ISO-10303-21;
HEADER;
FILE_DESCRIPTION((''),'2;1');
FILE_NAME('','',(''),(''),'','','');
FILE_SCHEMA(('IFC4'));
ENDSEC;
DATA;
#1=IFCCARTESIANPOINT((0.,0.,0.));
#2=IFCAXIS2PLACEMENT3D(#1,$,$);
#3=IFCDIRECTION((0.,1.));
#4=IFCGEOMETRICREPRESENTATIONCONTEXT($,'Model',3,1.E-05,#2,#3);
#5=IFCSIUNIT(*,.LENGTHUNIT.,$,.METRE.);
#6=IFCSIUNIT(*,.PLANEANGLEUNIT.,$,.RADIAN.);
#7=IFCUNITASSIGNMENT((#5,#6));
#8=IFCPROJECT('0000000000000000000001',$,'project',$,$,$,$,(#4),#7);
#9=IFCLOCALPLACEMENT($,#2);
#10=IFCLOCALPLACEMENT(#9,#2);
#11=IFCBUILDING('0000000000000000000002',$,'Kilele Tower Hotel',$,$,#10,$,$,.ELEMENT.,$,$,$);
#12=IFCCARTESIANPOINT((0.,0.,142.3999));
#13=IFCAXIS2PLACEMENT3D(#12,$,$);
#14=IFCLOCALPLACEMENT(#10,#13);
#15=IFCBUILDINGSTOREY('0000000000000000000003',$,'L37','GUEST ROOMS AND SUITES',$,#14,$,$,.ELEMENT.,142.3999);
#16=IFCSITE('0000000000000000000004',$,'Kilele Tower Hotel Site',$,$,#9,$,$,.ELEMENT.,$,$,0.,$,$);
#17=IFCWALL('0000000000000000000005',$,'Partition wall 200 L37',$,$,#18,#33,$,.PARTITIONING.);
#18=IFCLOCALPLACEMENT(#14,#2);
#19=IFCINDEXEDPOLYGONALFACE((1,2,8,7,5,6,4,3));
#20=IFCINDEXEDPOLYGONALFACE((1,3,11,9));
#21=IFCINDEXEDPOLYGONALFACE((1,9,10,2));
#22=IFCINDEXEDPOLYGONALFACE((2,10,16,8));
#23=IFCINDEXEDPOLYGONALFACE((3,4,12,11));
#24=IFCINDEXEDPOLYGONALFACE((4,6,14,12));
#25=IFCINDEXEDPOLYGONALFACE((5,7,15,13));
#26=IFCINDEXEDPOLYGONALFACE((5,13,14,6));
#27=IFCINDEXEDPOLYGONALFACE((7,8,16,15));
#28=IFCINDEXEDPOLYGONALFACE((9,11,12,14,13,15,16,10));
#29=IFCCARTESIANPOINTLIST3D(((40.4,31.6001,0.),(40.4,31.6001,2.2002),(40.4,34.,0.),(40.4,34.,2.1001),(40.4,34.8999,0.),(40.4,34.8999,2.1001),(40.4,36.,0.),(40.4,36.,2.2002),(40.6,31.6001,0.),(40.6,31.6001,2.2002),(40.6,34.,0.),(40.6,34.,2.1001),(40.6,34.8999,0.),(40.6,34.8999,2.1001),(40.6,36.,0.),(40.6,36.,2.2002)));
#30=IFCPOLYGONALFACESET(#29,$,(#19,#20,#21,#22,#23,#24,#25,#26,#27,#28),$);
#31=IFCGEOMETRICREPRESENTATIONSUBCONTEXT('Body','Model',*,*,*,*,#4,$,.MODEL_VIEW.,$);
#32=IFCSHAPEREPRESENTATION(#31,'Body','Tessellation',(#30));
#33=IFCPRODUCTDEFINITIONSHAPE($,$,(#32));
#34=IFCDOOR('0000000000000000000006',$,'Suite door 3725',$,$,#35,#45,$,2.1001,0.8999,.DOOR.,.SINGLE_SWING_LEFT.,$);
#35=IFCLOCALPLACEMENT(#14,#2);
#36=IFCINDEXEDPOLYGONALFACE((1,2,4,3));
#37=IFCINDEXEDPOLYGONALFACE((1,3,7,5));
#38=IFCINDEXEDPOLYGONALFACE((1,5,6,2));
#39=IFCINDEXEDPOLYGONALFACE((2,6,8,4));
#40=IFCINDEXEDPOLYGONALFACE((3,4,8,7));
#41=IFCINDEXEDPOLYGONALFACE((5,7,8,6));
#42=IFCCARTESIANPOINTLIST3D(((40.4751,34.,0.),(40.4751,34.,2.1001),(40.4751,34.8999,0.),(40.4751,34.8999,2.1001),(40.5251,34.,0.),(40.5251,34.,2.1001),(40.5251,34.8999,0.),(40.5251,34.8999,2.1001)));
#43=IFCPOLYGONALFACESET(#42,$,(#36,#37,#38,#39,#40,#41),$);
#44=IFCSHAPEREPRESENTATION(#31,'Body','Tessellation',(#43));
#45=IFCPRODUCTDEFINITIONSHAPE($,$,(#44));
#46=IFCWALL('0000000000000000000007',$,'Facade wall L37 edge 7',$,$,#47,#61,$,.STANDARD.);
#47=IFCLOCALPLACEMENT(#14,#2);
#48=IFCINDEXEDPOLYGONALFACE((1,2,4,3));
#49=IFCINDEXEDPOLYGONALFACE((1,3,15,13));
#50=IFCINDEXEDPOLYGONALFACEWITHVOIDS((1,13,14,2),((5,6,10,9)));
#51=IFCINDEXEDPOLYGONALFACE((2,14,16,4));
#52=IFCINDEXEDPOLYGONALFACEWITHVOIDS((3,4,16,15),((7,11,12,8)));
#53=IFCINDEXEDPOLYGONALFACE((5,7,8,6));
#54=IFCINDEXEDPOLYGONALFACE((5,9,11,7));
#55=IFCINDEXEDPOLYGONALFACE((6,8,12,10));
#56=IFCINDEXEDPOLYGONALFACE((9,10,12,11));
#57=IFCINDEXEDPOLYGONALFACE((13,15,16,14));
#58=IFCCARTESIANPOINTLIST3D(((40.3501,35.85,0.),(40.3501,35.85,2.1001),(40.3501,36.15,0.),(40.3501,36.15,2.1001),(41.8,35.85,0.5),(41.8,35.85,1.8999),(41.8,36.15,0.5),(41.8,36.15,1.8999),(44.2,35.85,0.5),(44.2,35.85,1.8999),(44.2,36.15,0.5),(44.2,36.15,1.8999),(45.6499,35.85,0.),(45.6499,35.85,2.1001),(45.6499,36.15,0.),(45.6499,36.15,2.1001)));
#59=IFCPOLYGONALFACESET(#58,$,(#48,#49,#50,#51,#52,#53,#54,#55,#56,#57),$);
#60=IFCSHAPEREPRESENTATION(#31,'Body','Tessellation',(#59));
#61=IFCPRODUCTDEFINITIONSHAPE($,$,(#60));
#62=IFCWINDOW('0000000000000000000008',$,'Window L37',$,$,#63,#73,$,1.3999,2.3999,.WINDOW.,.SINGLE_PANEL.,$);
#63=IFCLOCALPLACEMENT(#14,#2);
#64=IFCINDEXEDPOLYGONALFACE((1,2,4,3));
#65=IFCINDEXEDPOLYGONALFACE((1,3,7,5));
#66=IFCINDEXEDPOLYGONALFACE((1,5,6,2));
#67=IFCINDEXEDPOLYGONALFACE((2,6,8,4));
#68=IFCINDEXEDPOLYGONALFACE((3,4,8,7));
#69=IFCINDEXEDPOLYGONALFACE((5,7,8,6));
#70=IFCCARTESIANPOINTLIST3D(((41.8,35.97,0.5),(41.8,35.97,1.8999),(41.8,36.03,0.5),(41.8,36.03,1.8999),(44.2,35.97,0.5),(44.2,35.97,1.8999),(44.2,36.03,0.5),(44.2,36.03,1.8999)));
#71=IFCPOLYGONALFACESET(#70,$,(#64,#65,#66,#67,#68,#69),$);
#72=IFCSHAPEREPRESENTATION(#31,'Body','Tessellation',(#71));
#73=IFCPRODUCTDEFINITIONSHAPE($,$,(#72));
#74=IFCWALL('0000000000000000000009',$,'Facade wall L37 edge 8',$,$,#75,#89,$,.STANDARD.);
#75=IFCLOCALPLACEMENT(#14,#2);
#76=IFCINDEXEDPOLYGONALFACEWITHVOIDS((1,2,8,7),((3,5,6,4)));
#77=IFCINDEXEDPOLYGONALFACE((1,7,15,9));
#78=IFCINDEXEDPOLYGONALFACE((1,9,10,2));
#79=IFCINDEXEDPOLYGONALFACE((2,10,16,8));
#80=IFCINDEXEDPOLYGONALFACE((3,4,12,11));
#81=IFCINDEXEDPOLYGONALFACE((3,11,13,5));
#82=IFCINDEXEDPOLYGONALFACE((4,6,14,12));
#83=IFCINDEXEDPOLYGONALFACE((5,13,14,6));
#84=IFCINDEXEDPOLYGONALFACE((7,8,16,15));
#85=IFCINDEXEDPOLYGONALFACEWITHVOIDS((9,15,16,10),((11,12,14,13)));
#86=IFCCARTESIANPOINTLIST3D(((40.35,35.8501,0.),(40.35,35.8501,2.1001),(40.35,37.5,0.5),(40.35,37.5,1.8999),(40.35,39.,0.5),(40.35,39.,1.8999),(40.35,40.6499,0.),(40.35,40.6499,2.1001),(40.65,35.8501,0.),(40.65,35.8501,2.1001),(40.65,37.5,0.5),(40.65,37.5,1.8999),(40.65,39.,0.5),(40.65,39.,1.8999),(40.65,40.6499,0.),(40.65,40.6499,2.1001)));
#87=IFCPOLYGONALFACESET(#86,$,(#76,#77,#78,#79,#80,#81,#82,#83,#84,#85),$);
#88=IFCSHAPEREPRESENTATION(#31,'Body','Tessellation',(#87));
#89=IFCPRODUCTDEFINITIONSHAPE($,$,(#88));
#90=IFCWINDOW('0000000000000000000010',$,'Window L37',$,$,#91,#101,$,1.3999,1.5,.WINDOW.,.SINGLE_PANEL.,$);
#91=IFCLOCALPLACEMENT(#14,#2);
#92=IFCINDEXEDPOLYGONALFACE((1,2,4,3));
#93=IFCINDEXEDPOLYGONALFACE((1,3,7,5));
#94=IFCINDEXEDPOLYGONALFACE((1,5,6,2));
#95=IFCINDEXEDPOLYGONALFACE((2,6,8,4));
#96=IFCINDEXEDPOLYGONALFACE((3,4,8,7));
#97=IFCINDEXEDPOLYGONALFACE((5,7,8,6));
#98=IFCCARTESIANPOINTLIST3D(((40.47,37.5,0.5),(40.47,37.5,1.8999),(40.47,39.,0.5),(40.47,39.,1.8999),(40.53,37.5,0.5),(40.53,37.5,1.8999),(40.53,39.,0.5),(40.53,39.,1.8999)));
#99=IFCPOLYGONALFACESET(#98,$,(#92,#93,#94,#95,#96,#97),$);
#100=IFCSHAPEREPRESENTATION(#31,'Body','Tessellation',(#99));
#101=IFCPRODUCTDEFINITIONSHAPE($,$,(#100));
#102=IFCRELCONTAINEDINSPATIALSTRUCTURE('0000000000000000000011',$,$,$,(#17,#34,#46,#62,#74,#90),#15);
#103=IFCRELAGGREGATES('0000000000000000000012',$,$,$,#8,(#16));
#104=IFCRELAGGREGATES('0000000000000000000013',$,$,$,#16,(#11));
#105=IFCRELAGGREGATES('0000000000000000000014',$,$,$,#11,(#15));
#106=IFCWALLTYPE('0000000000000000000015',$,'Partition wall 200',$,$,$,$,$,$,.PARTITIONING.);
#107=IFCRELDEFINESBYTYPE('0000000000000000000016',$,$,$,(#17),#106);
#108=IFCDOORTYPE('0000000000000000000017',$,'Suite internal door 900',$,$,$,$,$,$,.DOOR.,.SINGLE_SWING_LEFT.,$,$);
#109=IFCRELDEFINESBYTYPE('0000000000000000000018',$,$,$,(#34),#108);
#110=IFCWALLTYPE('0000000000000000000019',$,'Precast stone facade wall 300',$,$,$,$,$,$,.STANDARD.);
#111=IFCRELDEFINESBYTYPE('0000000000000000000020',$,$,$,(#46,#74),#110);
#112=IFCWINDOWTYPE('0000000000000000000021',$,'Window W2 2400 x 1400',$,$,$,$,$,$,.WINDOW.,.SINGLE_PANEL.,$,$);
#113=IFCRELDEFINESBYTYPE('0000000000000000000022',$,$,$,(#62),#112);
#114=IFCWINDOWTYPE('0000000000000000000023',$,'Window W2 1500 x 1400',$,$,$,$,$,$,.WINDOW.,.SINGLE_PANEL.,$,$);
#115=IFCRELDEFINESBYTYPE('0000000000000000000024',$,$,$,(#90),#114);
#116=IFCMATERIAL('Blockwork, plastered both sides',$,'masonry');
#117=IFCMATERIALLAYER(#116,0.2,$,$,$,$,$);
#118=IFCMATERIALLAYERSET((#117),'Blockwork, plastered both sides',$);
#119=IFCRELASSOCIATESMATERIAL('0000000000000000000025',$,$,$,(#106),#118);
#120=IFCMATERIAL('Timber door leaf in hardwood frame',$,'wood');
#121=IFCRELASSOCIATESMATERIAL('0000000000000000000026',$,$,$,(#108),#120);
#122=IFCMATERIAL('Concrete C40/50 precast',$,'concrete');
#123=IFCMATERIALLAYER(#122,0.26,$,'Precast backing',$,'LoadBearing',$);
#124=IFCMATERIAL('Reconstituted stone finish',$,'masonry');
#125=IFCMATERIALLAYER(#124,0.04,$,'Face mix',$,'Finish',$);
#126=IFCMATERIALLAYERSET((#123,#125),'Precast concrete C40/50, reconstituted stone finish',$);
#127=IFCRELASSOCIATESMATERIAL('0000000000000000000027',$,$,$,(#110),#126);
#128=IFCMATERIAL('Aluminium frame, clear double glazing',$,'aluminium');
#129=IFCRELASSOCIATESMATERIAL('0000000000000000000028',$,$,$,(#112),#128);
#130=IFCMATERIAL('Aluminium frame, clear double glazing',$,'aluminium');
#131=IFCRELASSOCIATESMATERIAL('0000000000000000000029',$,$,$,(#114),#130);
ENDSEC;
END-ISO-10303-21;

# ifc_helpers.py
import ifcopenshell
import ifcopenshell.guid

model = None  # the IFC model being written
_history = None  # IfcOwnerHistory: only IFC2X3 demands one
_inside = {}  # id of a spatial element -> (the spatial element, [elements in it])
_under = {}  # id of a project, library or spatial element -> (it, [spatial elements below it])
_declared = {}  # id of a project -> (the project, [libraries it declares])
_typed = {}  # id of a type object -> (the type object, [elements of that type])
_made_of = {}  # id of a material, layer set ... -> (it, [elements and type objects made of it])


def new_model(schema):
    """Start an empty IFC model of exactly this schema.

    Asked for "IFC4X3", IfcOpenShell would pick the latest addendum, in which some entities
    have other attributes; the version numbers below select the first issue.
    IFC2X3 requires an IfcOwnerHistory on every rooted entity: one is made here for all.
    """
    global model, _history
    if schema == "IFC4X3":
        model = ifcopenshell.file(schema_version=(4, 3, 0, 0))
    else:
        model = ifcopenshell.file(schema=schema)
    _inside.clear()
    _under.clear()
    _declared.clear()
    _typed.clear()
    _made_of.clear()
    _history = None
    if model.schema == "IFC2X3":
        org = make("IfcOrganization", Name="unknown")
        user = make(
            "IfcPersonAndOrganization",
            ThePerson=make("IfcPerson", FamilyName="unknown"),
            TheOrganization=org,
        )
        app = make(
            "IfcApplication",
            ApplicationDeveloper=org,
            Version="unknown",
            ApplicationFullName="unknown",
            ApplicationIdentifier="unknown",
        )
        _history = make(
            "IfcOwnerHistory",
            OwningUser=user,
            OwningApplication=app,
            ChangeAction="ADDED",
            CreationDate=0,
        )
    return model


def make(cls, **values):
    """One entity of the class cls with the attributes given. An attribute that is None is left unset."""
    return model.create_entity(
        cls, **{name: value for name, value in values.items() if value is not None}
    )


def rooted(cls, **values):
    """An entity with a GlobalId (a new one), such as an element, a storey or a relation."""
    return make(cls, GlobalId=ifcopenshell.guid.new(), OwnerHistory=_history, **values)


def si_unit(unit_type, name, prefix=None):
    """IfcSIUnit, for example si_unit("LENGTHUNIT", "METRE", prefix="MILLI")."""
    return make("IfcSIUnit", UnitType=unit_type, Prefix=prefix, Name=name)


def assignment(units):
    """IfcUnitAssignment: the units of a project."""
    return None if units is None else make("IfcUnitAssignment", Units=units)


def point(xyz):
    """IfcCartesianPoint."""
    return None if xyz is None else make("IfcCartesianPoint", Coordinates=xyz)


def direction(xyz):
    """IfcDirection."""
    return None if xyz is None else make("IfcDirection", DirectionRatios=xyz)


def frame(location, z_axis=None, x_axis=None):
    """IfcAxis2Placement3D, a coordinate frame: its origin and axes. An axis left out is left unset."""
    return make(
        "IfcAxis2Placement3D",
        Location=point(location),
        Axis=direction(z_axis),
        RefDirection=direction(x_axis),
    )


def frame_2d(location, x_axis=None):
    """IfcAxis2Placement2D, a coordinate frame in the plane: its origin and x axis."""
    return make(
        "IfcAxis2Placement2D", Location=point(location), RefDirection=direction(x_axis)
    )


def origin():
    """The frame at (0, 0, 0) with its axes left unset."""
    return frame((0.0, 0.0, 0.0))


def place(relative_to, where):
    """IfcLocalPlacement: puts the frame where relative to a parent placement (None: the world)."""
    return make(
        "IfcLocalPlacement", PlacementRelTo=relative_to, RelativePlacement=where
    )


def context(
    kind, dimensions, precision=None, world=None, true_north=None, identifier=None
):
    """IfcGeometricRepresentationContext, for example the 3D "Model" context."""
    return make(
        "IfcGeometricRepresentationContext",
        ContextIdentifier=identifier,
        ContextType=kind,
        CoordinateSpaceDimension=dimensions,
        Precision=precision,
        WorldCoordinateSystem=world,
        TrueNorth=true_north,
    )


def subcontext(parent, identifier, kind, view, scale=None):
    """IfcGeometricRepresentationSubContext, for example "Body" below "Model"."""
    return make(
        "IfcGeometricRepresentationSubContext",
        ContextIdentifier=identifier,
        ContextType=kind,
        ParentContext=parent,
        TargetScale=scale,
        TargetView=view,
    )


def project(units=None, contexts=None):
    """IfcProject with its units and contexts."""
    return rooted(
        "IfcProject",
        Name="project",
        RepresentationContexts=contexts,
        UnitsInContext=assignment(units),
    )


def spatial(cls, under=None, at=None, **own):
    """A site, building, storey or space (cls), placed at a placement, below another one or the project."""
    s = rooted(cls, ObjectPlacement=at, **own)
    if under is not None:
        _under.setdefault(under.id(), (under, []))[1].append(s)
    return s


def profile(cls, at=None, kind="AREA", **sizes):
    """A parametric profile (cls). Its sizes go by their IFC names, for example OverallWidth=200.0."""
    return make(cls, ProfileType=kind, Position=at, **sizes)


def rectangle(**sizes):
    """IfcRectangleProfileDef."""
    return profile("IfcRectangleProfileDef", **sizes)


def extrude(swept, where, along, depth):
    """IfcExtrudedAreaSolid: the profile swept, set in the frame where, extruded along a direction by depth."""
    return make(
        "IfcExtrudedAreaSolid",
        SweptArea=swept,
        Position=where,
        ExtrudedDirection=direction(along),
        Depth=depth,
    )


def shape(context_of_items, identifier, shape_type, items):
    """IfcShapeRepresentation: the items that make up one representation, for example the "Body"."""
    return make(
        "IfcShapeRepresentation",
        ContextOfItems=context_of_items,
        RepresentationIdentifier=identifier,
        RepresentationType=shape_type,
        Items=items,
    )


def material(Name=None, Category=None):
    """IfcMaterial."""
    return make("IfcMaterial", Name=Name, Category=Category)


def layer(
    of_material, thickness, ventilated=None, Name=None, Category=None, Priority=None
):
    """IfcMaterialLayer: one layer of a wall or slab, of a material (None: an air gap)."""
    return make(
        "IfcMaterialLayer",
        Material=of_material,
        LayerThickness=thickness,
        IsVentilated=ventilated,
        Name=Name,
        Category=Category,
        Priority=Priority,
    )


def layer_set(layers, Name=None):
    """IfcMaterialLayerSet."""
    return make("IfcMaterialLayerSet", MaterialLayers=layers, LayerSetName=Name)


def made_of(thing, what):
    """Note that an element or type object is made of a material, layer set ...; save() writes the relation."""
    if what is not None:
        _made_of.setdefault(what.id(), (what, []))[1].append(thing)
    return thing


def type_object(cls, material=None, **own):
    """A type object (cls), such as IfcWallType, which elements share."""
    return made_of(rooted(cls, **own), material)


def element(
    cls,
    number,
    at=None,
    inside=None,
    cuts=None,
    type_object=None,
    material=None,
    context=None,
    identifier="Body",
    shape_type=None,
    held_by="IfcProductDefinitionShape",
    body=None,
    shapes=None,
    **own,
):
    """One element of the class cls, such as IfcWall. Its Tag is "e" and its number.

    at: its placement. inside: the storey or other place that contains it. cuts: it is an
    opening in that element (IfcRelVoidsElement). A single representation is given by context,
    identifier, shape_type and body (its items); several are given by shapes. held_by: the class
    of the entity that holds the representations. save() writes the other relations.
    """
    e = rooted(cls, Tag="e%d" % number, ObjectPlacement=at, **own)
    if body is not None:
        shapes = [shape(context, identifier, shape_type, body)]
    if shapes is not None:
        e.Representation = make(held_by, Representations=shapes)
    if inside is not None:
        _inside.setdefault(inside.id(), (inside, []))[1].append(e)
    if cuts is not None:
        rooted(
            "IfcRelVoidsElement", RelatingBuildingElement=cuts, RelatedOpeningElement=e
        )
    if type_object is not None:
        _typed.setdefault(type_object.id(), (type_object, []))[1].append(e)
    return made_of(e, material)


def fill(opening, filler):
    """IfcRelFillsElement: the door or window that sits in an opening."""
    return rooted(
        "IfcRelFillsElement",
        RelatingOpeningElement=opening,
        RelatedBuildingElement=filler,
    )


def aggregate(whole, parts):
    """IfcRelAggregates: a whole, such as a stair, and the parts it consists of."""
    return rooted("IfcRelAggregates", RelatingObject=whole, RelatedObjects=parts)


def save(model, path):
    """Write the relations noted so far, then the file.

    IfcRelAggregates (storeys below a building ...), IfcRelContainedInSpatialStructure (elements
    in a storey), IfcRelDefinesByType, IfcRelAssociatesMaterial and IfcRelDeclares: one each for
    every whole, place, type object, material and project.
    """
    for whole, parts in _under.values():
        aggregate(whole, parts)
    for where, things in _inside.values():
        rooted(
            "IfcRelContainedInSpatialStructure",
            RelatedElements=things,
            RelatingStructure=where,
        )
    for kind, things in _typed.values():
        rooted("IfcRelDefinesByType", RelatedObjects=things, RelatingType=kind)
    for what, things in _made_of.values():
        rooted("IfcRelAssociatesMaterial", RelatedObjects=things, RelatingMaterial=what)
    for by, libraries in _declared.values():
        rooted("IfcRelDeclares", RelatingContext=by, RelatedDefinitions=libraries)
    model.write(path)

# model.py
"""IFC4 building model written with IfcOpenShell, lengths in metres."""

from ifc_helpers import new_model, si_unit, direction, frame, frame_2d, origin, place, context, subcontext, project, spatial, rectangle, extrude, material, layer, layer_set, type_object, element, fill, save


model = new_model("IFC4")

# Units and contexts
model_context = context("Model", 3, precision=1e-05, world=origin(), true_north=direction((0.0, 1.0)))
body_context = subcontext(model_context, "Body", "Model", "MODEL_VIEW")
ifc_project = project(units=[si_unit("LENGTHUNIT", "METRE"), si_unit("PLANEANGLEUNIT", "RADIAN")], contexts=[model_context])

# Site, building, storey
site_placement = place(None, origin())
site = spatial("IfcSite", under=ifc_project, at=site_placement, Name="Kilele Tower Hotel Site", CompositionType="ELEMENT", RefElevation=0.0)
building_placement = place(site_placement, origin())
building = spatial("IfcBuilding", under=site, at=building_placement, Name="Kilele Tower Hotel", CompositionType="ELEMENT")
storey_placement = place(building_placement, frame((0.0, 0.0, 142.3999)))
storey = spatial("IfcBuildingStorey", under=building, at=storey_placement, Name="L37", Description="GUEST ROOMS AND SUITES", CompositionType="ELEMENT", Elevation=142.3999)

# Wall, opening, door
ifc_material_1 = material(Name="Blockwork, plastered both sides", Category="masonry")
ifc_layer_1 = layer(ifc_material_1, 0.2)
ifc_layer_set_1 = layer_set([ifc_layer_1], Name="Blockwork, plastered both sides")
wall_type_1 = type_object("IfcWallType", Name="Partition wall 200", PredefinedType="PARTITIONING", material=ifc_layer_set_1)
wall_1_placement = place(storey_placement, frame((40.5, 31.6001, 0.0), z_axis=(0.0, 0.0, 1.0), x_axis=(0.0, 1.0, 0.0)))
wall_1 = element("IfcWall", 1, at=wall_1_placement, inside=storey, type_object=wall_type_1, Name="Partition wall 200 L37", PredefinedType="PARTITIONING", context=body_context, shape_type="SweptSolid", body=[
    extrude(rectangle(XDim=4.3999, YDim=0.2, at=frame_2d((2.2, 0.0))), origin(), (0.0, 0.0, 1.0), 2.2002),
])
opening_1_placement = place(wall_1_placement, frame((2.3999, 0.0, 0.0)))
opening_1 = element("IfcOpeningElement", 2, at=opening_1_placement, cuts=wall_1, PredefinedType="OPENING", context=body_context, shape_type="SweptSolid", body=[
    extrude(rectangle(XDim=0.8999, YDim=2.1001, at=frame_2d((0.45, 1.05))), frame((0.0, 0.1099, 0.0), z_axis=(0.0, -1.0, 0.0), x_axis=(1.0, 0.0, 0.0)), (0.0, 0.0, 1.0), 0.22),
])
ifc_material_2 = material(Name="Timber door leaf in hardwood frame", Category="wood")
door_type_1 = type_object("IfcDoorType", Name="Suite internal door 900", OperationType="SINGLE_SWING_LEFT", PredefinedType="DOOR", material=ifc_material_2)
door_1_placement = place(opening_1_placement, origin())
door_1 = element("IfcDoor", 3, at=door_1_placement, inside=storey, type_object=door_type_1, Name="Suite door 3725", OperationType="SINGLE_SWING_LEFT", OverallHeight=2.1001, OverallWidth=0.8999, PredefinedType="DOOR", context=body_context, shape_type="SweptSolid", body=[
    extrude(rectangle(XDim=0.8999, YDim=2.1001, at=frame_2d((0.45, 1.05))), frame((0.0, 0.0249, 0.0), z_axis=(0.0, -1.0, 0.0), x_axis=(1.0, 0.0, 0.0)), (0.0, 0.0, 1.0), 0.05),
])
fill(opening_1, door_1)

# Walls, openings, windows
ifc_material_3 = material(Name="Concrete C40/50 precast", Category="concrete")
ifc_layer_2 = layer(ifc_material_3, 0.26, Name="Precast backing", Category="LoadBearing")
ifc_material_4 = material(Name="Reconstituted stone finish", Category="masonry")
ifc_layer_3 = layer(ifc_material_4, 0.04, Name="Face mix", Category="Finish")
ifc_layer_set_2 = layer_set([ifc_layer_2, ifc_layer_3], Name="Precast concrete C40/50, reconstituted stone finish")
wall_type_2 = type_object("IfcWallType", Name="Precast stone facade wall 300", PredefinedType="STANDARD", material=ifc_layer_set_2)
wall_2_placement = place(storey_placement, frame((45.6499, 36.0, 0.0), z_axis=(0.0, 0.0, 1.0), x_axis=(-1.0, 0.0, 0.0)))
wall_2 = element("IfcWall", 4, at=wall_2_placement, inside=storey, type_object=wall_type_2, Name="Facade wall L37 edge 7", PredefinedType="STANDARD", context=body_context, shape_type="SweptSolid", body=[
    extrude(rectangle(XDim=5.2998, YDim=0.3, at=frame_2d((2.6499, 0.0))), origin(), (0.0, 0.0, 1.0), 2.1001),
])
opening_2_placement = place(wall_2_placement, frame((1.45, 0.0, 0.5)))
opening_2 = element("IfcOpeningElement", 5, at=opening_2_placement, cuts=wall_2, PredefinedType="OPENING", context=body_context, shape_type="SweptSolid", body=[
    extrude(rectangle(XDim=2.3999, YDim=1.3999, at=frame_2d((1.2, 0.7))), frame((0.0, 0.1599, 0.0), z_axis=(0.0, -1.0, 0.0), x_axis=(1.0, 0.0, 0.0)), (0.0, 0.0, 1.0), 0.3201),
])
ifc_material_5 = material(Name="Aluminium frame, clear double glazing", Category="aluminium")
window_type_1 = type_object("IfcWindowType", Name="Window W2 2400 x 1400", PartitioningType="SINGLE_PANEL", PredefinedType="WINDOW", material=ifc_material_5)
window_1_placement = place(opening_2_placement, origin())
window_1 = element("IfcWindow", 6, at=window_1_placement, inside=storey, type_object=window_type_1, Name="Window L37", OverallHeight=1.3999, OverallWidth=2.3999, PartitioningType="SINGLE_PANEL", PredefinedType="WINDOW", context=body_context, shape_type="SweptSolid", body=[
    extrude(rectangle(XDim=2.3999, YDim=1.3999, at=frame_2d((1.2, 0.7))), frame((0.0, 0.03, 0.0), z_axis=(0.0, -1.0, 0.0), x_axis=(1.0, 0.0, 0.0)), (0.0, 0.0, 1.0), 0.0601),
])
fill(opening_2, window_1)
wall_3_placement = place(storey_placement, frame((40.5, 35.8501, 0.0), z_axis=(0.0, 0.0, 1.0), x_axis=(0.0, 1.0, 0.0)))
wall_3 = element("IfcWall", 7, at=wall_3_placement, inside=storey, type_object=wall_type_2, Name="Facade wall L37 edge 8", PredefinedType="STANDARD", context=body_context, shape_type="SweptSolid", body=[
    extrude(rectangle(XDim=4.7998, YDim=0.3, at=frame_2d((2.3999, 0.0))), origin(), (0.0, 0.0, 1.0), 2.1001),
])
opening_3_placement = place(wall_3_placement, frame((1.6499, 0.0, 0.5)))
opening_3 = element("IfcOpeningElement", 8, at=opening_3_placement, cuts=wall_3, PredefinedType="OPENING", context=body_context, shape_type="SweptSolid", body=[
    extrude(rectangle(XDim=1.5, YDim=1.3999, at=frame_2d((0.75, 0.7))), frame((0.0, 0.1599, 0.0), z_axis=(0.0, -1.0, 0.0), x_axis=(1.0, 0.0, 0.0)), (0.0, 0.0, 1.0), 0.3201),
])
ifc_material_6 = material(Name="Aluminium frame, clear double glazing", Category="aluminium")
window_type_2 = type_object("IfcWindowType", Name="Window W2 1500 x 1400", PartitioningType="SINGLE_PANEL", PredefinedType="WINDOW", material=ifc_material_6)
window_2_placement = place(opening_3_placement, origin())
window_2 = element("IfcWindow", 9, at=window_2_placement, inside=storey, type_object=window_type_2, Name="Window L37", OverallHeight=1.3999, OverallWidth=1.5, PartitioningType="SINGLE_PANEL", PredefinedType="WINDOW", context=body_context, shape_type="SweptSolid", body=[
    extrude(rectangle(XDim=1.5, YDim=1.3999, at=frame_2d((0.75, 0.7))), frame((0.0, 0.03, 0.0), z_axis=(0.0, -1.0, 0.0), x_axis=(1.0, 0.0, 0.0)), (0.0, 0.0, 1.0), 0.0601),
])
fill(opening_3, window_2)

save(model, "model.ifc")
